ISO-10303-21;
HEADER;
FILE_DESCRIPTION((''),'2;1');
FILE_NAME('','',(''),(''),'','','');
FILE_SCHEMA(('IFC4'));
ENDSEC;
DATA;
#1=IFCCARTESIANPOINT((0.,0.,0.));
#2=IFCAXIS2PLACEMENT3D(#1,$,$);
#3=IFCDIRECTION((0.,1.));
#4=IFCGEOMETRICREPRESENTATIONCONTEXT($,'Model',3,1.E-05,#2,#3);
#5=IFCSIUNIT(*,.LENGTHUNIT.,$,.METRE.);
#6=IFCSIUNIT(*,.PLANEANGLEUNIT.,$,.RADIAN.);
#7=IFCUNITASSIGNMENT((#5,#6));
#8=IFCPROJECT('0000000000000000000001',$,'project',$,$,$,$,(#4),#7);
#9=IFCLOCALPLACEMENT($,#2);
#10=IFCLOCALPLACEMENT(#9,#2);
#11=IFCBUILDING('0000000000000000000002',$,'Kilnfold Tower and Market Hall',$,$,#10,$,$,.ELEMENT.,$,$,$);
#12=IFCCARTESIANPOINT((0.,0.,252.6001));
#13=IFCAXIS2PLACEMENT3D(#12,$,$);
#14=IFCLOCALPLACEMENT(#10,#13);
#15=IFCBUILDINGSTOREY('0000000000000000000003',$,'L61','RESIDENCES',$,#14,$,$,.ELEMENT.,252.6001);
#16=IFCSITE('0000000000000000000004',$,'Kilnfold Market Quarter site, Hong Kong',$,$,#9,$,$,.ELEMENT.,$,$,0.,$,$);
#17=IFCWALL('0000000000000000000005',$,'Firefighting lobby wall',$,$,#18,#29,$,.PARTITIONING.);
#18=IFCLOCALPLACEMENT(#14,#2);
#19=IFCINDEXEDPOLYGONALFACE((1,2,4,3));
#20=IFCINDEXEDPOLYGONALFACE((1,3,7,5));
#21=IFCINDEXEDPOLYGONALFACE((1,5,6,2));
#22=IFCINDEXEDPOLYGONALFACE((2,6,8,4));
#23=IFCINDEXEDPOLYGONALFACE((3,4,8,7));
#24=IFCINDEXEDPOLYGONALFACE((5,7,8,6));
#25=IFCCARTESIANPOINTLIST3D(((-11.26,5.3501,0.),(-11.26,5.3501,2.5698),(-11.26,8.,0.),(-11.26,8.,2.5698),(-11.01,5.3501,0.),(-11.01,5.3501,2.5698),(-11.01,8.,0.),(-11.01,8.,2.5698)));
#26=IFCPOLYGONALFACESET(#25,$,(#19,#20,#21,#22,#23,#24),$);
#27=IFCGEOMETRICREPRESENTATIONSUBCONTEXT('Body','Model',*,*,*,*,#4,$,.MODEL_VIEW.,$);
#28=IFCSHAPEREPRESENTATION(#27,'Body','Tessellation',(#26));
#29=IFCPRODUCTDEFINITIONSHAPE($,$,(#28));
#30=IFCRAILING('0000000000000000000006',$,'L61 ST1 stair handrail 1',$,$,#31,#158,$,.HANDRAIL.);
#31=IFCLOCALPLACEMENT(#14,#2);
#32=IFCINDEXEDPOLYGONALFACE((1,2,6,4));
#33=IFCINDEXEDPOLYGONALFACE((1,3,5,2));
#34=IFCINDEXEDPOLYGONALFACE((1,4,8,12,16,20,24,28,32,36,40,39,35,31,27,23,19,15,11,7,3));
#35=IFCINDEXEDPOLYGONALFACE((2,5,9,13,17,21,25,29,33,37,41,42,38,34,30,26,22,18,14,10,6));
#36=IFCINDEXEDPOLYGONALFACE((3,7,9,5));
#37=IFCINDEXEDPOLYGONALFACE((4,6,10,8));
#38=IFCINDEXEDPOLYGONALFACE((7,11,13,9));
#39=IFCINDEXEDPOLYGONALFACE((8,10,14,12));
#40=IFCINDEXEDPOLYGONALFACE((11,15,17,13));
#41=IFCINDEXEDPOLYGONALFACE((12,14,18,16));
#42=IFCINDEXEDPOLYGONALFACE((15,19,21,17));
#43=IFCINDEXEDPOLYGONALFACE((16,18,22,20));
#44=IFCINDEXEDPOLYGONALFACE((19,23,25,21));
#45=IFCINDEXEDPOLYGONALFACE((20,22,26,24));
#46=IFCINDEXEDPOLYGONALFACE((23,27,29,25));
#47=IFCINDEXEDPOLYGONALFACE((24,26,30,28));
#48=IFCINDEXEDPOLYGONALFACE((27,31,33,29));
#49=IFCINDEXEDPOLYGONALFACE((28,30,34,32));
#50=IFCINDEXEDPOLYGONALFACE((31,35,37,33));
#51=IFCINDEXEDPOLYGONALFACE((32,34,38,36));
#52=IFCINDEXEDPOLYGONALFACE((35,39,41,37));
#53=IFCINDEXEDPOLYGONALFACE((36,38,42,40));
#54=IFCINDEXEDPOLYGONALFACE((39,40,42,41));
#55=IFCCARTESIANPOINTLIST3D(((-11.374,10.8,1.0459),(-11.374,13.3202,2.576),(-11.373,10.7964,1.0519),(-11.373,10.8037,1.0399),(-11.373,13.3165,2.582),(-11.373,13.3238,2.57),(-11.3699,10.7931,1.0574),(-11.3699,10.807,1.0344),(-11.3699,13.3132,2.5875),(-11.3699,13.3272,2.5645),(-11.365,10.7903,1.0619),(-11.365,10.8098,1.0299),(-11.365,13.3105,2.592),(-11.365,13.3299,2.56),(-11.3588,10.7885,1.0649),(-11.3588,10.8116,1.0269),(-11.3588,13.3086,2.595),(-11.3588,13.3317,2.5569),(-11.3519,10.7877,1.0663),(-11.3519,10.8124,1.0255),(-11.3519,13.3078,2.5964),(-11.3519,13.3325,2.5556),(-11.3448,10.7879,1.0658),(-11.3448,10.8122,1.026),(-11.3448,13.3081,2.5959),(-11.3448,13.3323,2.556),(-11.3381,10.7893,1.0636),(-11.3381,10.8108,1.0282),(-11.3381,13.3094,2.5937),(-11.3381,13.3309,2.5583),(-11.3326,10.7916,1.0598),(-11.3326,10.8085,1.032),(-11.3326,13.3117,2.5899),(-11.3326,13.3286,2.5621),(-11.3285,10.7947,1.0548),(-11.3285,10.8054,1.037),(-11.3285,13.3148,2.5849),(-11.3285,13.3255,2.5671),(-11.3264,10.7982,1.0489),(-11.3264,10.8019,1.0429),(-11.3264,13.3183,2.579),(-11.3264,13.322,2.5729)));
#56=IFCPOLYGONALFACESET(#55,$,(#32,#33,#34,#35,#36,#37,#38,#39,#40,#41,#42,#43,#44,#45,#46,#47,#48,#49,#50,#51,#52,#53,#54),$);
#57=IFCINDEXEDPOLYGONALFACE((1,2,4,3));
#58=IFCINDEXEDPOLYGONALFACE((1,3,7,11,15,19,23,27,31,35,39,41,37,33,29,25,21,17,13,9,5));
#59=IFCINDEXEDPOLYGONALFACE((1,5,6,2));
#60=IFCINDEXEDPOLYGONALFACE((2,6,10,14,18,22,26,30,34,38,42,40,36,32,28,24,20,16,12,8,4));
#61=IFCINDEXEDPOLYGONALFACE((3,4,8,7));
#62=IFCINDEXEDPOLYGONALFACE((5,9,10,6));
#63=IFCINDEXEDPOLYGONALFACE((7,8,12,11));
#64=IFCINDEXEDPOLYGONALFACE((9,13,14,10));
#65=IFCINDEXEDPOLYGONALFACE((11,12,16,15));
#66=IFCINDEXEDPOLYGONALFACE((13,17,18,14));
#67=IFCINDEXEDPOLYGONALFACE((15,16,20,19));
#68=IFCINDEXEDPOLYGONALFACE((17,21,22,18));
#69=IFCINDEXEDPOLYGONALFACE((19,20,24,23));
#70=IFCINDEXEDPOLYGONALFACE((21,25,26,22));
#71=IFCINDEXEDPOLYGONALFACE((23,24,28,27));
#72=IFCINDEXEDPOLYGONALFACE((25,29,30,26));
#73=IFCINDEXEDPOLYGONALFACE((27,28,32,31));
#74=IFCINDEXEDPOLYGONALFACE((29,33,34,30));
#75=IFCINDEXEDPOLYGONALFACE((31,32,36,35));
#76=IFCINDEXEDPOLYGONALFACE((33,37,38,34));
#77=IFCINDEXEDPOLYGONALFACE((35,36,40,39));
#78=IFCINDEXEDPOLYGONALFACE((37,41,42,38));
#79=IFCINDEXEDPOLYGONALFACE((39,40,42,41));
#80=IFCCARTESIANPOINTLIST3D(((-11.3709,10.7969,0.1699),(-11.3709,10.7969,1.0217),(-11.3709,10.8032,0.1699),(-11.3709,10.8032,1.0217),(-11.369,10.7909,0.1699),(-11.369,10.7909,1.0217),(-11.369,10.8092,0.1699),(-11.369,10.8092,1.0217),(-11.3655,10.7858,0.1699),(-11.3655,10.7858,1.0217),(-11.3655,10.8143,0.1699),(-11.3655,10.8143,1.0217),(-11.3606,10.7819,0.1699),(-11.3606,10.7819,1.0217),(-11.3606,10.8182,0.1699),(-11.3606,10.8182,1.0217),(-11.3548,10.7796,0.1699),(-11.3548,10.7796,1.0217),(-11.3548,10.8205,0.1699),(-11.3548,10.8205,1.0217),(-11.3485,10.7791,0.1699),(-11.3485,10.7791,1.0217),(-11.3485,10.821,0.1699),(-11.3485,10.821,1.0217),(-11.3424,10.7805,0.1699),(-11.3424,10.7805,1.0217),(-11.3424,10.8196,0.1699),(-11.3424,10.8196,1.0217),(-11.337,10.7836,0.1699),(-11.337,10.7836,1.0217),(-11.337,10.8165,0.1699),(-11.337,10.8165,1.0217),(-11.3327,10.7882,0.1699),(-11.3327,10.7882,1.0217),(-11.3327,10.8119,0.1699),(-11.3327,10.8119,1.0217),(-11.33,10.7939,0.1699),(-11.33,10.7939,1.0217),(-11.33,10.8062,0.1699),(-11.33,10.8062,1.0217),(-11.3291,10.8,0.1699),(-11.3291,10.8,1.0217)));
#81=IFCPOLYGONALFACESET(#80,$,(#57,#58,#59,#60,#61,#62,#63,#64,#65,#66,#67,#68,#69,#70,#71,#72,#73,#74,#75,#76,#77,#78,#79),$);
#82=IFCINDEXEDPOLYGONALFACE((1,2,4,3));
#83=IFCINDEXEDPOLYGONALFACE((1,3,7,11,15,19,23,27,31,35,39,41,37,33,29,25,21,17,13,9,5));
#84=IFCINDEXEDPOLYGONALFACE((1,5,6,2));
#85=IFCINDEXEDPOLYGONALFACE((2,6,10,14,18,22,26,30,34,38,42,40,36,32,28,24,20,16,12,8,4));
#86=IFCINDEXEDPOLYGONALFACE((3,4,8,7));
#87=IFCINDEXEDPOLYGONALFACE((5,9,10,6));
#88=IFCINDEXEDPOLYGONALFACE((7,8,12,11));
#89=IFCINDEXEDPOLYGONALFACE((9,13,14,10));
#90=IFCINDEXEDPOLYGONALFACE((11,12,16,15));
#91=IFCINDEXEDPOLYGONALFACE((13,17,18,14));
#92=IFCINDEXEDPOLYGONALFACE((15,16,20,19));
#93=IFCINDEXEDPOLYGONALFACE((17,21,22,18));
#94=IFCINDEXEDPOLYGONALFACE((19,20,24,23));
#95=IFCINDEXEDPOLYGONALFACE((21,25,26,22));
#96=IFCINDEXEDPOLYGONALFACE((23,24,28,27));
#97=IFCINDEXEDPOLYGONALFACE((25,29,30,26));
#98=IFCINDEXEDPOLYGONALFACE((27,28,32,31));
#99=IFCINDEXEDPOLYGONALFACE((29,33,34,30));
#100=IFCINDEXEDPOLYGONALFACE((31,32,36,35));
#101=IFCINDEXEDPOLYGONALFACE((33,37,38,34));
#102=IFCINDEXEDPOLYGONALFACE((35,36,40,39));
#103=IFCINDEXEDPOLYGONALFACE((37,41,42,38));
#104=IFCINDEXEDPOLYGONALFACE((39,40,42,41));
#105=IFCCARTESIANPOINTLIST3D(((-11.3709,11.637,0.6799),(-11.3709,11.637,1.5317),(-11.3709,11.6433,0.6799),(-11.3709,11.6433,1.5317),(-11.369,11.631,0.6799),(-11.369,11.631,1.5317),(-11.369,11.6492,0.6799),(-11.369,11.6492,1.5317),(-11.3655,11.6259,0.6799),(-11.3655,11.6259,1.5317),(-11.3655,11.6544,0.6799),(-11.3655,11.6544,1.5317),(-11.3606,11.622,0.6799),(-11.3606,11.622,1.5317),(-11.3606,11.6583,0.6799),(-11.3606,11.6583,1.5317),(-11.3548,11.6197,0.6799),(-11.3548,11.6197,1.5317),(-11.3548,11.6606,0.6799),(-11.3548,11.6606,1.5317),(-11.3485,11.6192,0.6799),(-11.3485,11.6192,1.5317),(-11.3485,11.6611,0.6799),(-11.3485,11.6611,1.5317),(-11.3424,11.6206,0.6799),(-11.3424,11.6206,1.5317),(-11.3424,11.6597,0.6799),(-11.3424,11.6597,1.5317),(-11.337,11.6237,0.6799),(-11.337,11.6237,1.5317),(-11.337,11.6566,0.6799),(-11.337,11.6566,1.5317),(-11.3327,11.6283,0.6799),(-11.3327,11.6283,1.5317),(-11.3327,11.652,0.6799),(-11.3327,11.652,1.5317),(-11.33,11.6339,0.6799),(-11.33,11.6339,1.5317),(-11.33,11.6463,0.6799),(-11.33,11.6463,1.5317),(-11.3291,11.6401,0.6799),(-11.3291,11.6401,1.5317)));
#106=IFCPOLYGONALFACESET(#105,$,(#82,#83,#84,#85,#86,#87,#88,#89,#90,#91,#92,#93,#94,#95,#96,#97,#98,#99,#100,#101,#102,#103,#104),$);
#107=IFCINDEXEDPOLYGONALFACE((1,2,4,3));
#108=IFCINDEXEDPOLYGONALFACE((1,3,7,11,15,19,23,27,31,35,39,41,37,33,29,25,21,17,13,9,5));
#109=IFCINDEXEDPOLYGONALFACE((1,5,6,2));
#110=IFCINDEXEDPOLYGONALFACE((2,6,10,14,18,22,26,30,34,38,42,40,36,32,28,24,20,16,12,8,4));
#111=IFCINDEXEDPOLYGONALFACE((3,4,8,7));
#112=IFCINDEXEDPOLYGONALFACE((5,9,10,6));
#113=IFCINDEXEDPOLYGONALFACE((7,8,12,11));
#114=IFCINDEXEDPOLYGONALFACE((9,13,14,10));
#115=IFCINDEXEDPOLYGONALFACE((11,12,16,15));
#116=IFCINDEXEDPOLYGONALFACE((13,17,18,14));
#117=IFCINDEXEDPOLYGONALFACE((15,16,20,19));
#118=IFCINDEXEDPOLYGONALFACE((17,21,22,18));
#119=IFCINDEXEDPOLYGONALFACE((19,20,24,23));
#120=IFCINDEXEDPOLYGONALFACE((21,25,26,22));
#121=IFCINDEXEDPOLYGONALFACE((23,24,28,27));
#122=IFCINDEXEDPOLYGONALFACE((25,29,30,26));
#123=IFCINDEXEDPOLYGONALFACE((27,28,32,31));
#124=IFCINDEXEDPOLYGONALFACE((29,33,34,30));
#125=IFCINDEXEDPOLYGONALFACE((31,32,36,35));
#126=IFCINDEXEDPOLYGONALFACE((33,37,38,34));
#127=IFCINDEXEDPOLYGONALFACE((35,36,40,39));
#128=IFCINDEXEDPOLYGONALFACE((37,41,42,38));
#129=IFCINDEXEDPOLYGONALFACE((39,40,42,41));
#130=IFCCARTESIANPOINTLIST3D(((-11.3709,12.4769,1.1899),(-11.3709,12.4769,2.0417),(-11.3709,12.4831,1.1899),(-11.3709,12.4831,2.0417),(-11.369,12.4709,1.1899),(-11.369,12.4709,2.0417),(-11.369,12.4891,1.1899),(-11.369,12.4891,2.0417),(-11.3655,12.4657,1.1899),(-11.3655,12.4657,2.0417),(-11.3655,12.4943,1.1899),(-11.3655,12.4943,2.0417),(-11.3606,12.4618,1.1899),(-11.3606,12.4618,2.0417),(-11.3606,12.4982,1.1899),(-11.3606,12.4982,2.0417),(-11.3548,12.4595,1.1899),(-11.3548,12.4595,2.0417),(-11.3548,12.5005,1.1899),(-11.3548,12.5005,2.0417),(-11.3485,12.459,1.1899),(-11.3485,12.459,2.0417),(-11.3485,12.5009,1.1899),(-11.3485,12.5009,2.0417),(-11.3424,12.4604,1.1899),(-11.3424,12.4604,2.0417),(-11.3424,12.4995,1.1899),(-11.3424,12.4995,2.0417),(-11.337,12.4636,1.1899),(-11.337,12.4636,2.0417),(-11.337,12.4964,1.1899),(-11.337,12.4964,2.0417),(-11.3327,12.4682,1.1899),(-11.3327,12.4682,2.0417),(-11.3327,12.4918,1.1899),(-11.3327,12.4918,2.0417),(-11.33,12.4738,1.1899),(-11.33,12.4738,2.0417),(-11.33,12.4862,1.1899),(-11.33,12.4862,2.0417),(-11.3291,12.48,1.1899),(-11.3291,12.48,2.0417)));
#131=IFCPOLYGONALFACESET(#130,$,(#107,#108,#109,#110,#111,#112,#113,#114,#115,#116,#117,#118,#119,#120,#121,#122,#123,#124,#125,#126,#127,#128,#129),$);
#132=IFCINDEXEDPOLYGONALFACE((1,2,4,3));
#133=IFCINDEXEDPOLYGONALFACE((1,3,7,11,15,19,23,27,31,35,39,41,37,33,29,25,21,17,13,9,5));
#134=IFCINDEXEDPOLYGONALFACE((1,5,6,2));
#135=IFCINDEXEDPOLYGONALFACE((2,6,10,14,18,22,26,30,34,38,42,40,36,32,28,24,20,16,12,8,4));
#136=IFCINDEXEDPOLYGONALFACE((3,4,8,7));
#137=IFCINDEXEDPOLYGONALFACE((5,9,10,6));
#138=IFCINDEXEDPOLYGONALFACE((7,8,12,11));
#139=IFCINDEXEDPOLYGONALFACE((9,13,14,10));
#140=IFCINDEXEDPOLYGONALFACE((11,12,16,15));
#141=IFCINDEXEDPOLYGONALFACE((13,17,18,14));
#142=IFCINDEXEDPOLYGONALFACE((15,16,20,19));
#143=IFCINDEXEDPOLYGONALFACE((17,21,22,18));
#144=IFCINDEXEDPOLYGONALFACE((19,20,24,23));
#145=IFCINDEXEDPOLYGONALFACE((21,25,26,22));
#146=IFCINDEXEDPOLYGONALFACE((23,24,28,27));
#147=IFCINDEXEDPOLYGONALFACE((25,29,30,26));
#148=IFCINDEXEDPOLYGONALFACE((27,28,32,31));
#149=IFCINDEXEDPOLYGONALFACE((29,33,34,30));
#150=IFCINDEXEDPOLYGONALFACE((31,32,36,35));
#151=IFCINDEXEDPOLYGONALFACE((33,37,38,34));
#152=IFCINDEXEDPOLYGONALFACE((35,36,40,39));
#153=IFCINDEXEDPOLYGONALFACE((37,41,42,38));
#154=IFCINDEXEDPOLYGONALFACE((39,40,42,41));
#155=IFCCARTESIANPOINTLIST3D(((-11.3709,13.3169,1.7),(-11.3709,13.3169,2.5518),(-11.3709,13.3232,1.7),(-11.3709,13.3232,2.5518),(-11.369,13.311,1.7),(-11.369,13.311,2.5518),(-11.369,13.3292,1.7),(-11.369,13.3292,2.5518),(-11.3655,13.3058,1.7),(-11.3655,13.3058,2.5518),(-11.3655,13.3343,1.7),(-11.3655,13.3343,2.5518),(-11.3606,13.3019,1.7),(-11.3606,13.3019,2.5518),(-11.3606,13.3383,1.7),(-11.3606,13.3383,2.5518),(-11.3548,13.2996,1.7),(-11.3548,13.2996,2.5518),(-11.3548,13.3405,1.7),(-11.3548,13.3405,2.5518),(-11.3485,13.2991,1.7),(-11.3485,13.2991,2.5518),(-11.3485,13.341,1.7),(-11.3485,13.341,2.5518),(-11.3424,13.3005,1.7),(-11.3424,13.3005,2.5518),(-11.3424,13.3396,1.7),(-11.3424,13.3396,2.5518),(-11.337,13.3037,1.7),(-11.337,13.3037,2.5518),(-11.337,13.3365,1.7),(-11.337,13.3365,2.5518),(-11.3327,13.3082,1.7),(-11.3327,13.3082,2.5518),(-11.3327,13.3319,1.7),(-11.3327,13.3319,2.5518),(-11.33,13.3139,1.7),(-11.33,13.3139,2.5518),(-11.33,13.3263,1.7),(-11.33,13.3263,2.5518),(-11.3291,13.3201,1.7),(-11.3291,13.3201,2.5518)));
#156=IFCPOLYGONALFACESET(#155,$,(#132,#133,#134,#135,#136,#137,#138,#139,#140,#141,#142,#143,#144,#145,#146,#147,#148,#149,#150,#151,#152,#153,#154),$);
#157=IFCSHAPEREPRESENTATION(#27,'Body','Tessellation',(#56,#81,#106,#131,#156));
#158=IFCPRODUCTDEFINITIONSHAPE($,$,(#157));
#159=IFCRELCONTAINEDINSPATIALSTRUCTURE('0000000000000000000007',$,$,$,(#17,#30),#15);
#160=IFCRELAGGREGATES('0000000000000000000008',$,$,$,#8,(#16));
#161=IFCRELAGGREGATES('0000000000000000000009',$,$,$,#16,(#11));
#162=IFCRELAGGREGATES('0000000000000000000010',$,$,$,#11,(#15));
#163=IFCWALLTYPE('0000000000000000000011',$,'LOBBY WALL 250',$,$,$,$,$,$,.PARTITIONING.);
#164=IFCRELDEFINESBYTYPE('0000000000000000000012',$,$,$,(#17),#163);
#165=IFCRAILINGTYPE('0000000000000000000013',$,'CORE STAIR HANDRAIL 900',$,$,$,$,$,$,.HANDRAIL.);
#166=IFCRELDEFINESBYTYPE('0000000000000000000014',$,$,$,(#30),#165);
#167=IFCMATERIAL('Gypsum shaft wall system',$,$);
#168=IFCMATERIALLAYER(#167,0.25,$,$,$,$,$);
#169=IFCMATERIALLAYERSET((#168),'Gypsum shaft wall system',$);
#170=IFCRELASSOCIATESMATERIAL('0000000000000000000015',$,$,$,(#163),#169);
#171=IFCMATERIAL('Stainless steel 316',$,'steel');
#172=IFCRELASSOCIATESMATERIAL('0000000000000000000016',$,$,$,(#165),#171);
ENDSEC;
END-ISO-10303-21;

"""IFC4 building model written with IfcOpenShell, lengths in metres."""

from ifc_helpers import new_model, si_unit, direction, frame, frame_2d, origin, origin_2d, place, context, subcontext, project, spatial, rectangle, circle, extrude, source, transform, mapped, material, layer, layer_set, type_object, element, save


model = new_model("IFC4")

# Units and contexts
model_context = context("Model", 3, precision=1e-05, world=origin(), true_north=direction((0.0, 1.0)))
body_context = subcontext(model_context, "Body", "Model", "MODEL_VIEW")
ifc_project = project(units=[si_unit("LENGTHUNIT", "METRE"), si_unit("PLANEANGLEUNIT", "RADIAN")], contexts=[model_context])

# Site, building, storey
site_placement = place(None, origin())
site = spatial("IfcSite", under=ifc_project, at=site_placement, Name="Kilnfold Market Quarter site, Hong Kong", CompositionType="ELEMENT", RefElevation=0.0)
building_placement = place(site_placement, origin())
building = spatial("IfcBuilding", under=site, at=building_placement, Name="Kilnfold Tower and Market Hall", CompositionType="ELEMENT")
storey_placement = place(building_placement, frame((0.0, 0.0, 252.6001)))
storey = spatial("IfcBuildingStorey", under=building, at=storey_placement, Name="L61", Description="RESIDENCES", CompositionType="ELEMENT", Elevation=252.6001)

# Shared definitions
ifc_material_1 = material(Name="Gypsum shaft wall system")
ifc_layer_1 = layer(ifc_material_1, 0.25)
ifc_layer_set_1 = layer_set([ifc_layer_1], Name="Gypsum shaft wall system")
wall_type_1 = type_object("IfcWallType", Name="LOBBY WALL 250", PredefinedType="PARTITIONING", material=ifc_layer_set_1)

# Wall
shared_shape_1 = source(origin(), body_context, "Body", "SweptSolid", [
    extrude(rectangle(XDim=2.6499, YDim=0.25, at=frame_2d((1.325, 0.0))), origin(), (0.0, 0.0, 1.0), 2.5698),
])
wall_1_placement = place(storey_placement, frame((-11.135, 5.3501, 0.0), z_axis=(0.0, 0.0, 1.0), x_axis=(0.0, 1.0, 0.0)))
element("IfcWall", 1, at=wall_1_placement, inside=storey, type_object=wall_type_1, Name="Firefighting lobby wall", PredefinedType="PARTITIONING", context=body_context, shape_type="MappedRepresentation", body=[
    mapped(shared_shape_1, transform((0.0, 0.0, 0.0))),
])

# Railing
ifc_material_2 = material(Name="Stainless steel 316", Category="steel")
railing_type_1 = type_object("IfcRailingType", Name="CORE STAIR HANDRAIL 900", PredefinedType="HANDRAIL", material=ifc_material_2)
railing_1_placement = place(storey_placement, frame((-11.3501, 10.8, 0.1699)))
element("IfcRailing", 2, at=railing_1_placement, inside=storey, type_object=railing_type_1, Name="L61 ST1 stair handrail 1", PredefinedType="HANDRAIL", context=body_context, shape_type="SweptSolid", body=[
    extrude(circle(Radius=0.0239, at=origin_2d()), frame((0.0, 0.0, 0.876), z_axis=(0.0, 0.854785, 0.518982), x_axis=(-1.0, 0.0, 0.0)), (0.0, 0.0, 1.0), 2.9482),
    extrude(circle(Radius=0.021, at=origin_2d()), origin(), (0.0, 0.0, 1.0), 0.8518),
    extrude(circle(Radius=0.021, at=origin_2d()), frame((0.0, 0.8401, 0.51)), (0.0, 0.0, 1.0), 0.8518),
    extrude(circle(Radius=0.021, at=origin_2d()), frame((0.0, 1.6799, 1.02)), (0.0, 0.0, 1.0), 0.8518),
    extrude(circle(Radius=0.021, at=origin_2d()), frame((0.0, 2.52, 1.53)), (0.0, 0.0, 1.0), 0.8518),
])

save(model, "model.ifc")
